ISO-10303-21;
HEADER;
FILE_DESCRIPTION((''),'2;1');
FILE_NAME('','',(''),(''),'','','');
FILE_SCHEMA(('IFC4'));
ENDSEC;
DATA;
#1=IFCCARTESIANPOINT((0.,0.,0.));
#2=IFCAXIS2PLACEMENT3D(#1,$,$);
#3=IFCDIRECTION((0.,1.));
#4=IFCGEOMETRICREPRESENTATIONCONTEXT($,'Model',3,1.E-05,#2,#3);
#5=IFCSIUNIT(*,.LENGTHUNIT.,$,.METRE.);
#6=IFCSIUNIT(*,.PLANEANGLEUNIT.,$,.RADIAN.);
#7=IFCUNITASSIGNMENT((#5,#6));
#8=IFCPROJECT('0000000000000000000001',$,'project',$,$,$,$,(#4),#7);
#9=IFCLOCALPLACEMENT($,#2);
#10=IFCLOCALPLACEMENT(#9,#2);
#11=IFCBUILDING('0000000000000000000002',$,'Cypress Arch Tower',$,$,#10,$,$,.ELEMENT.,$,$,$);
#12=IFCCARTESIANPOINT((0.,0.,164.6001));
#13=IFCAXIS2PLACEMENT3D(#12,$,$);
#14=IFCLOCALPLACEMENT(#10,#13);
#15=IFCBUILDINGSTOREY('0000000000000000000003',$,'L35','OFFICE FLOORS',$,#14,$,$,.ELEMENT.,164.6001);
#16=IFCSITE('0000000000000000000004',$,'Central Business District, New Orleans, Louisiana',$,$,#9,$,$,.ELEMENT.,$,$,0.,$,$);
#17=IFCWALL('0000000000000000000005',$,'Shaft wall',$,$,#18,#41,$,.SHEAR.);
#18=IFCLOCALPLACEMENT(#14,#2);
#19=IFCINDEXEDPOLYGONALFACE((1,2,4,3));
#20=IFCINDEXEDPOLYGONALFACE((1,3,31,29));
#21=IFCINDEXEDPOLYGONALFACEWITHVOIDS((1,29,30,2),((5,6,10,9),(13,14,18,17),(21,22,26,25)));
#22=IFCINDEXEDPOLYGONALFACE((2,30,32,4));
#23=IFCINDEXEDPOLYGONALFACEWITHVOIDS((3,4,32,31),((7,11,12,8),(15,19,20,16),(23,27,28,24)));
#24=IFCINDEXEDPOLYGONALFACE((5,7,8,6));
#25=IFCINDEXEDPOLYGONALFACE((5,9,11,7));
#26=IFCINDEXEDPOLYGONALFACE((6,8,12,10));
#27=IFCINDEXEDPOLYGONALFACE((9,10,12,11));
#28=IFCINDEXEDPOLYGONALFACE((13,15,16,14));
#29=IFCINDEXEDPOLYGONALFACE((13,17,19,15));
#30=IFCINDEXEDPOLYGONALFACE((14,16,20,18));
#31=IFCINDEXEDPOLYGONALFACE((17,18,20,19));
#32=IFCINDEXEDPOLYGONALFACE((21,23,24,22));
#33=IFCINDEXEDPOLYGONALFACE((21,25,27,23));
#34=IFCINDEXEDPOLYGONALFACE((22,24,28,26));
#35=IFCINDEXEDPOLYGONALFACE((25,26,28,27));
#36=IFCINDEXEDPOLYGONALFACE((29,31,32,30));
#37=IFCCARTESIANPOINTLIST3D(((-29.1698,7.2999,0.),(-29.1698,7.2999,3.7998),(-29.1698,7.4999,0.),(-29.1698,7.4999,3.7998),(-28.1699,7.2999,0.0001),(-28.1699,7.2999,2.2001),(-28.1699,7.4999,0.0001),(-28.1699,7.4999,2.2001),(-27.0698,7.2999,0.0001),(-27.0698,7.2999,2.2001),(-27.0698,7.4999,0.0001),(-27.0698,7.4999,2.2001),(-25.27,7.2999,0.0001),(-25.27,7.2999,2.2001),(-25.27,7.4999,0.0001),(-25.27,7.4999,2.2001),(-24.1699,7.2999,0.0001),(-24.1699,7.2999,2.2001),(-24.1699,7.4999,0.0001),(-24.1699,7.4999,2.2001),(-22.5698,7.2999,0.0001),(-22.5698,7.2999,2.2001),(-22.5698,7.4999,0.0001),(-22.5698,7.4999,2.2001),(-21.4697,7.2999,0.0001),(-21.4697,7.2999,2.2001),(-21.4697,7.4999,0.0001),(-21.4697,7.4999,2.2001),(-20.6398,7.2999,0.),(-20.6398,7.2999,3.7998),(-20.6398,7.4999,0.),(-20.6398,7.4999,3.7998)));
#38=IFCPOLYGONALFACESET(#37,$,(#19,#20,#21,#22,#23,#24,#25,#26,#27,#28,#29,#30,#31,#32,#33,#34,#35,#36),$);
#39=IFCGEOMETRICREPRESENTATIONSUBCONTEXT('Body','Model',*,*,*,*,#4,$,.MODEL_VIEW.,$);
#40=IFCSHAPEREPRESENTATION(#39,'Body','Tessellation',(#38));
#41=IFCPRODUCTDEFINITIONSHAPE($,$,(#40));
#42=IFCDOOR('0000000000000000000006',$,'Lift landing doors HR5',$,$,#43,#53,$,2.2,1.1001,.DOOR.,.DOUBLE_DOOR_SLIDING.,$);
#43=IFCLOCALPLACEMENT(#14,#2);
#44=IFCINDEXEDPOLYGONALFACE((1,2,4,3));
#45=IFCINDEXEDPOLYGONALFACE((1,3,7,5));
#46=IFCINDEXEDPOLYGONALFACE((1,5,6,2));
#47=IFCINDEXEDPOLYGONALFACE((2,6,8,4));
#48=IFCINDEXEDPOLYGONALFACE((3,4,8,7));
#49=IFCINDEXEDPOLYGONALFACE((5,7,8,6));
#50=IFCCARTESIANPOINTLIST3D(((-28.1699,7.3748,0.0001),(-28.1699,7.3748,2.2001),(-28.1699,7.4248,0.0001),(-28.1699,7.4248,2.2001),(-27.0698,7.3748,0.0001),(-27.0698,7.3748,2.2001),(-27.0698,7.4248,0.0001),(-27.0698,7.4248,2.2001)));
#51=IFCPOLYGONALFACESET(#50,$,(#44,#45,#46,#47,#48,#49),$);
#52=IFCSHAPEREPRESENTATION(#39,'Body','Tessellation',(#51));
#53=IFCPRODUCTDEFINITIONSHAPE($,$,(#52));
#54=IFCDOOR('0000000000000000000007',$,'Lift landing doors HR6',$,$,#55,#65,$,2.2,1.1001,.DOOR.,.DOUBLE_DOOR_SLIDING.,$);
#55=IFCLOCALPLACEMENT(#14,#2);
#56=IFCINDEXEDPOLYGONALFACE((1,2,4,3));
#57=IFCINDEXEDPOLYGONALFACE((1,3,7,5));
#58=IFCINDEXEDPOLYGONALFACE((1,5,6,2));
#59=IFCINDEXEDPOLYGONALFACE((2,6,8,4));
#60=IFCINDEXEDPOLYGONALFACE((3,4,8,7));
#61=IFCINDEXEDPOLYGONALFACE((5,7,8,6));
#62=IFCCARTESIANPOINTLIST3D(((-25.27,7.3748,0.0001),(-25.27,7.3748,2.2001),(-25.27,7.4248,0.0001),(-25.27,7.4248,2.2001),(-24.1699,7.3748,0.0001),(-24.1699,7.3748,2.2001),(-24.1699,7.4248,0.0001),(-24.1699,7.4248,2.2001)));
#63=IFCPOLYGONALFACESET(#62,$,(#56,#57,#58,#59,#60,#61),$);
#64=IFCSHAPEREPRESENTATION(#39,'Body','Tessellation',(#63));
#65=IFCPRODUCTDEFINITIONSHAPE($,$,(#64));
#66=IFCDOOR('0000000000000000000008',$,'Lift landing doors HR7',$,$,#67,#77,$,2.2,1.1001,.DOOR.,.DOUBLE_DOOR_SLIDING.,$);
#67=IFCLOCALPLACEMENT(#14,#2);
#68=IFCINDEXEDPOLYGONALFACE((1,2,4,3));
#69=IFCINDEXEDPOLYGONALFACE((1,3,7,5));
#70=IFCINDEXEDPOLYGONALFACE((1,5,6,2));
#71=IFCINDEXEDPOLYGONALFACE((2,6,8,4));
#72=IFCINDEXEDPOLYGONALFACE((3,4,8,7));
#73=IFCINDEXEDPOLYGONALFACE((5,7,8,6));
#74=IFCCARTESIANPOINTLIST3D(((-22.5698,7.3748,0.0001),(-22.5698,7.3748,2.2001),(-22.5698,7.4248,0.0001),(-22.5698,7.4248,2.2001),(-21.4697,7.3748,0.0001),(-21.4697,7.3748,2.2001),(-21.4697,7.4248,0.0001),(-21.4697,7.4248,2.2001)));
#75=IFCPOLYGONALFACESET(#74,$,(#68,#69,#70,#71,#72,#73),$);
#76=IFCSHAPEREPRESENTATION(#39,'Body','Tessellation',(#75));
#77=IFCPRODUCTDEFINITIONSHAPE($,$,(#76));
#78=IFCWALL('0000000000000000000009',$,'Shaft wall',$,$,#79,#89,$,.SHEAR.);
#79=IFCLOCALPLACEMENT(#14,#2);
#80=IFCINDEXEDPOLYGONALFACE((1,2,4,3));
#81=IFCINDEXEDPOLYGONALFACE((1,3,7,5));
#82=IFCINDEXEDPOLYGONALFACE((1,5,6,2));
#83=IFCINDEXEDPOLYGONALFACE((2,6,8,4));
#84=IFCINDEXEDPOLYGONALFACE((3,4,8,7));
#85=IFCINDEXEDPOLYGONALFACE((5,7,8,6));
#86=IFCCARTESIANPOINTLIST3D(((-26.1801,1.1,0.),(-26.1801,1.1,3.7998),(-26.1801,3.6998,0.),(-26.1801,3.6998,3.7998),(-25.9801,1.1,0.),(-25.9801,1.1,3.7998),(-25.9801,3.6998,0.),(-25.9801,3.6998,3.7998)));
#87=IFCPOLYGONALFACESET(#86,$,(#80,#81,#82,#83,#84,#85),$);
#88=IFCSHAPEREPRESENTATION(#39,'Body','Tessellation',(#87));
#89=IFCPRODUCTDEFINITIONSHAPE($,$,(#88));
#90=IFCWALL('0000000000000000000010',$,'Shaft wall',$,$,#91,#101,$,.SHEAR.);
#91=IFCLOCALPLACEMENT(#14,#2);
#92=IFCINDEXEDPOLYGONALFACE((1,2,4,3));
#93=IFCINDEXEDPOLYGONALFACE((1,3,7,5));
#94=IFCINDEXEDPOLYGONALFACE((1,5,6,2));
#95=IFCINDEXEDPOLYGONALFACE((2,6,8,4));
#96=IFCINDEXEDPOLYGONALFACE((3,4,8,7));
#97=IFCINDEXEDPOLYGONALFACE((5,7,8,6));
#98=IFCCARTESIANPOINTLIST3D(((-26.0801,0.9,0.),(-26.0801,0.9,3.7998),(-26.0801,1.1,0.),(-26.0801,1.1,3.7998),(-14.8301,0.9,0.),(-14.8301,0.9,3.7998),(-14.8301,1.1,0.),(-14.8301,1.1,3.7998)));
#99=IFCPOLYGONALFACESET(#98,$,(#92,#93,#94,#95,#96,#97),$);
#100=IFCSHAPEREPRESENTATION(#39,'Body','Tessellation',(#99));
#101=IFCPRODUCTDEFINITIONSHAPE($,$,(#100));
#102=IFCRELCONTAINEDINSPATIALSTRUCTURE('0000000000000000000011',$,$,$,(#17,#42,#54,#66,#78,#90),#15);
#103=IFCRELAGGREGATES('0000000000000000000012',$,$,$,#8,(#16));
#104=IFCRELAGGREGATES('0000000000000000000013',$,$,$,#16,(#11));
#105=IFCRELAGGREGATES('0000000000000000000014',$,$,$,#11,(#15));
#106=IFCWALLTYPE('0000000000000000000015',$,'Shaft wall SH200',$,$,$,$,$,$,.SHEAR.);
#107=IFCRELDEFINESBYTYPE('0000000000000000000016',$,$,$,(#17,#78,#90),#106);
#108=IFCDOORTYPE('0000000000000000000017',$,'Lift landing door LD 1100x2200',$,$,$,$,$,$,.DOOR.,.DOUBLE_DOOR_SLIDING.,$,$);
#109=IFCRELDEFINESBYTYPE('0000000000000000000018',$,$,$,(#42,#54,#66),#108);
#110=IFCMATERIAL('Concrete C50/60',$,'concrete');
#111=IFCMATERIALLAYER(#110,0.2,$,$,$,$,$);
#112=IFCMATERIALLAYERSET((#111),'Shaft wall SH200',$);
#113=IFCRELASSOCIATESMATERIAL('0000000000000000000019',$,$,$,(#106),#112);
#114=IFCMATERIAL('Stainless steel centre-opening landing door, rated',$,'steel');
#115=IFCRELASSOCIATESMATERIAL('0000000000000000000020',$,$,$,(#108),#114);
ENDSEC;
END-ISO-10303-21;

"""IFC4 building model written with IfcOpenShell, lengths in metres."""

from ifc_helpers import new_model, si_unit, direction, frame, frame_2d, origin, place, context, subcontext, project, spatial, rectangle, extrude, material, layer, layer_set, type_object, element, fill, save


model = new_model("IFC4")

# Units and contexts
model_context = context("Model", 3, precision=1e-05, world=origin(), true_north=direction((0.0, 1.0)))
body_context = subcontext(model_context, "Body", "Model", "MODEL_VIEW")
ifc_project = project(units=[si_unit("LENGTHUNIT", "METRE"), si_unit("PLANEANGLEUNIT", "RADIAN")], contexts=[model_context])

# Site, building, storey
site_placement = place(None, origin())
site = spatial("IfcSite", under=ifc_project, at=site_placement, Name="Central Business District, New Orleans, Louisiana", CompositionType="ELEMENT", RefElevation=0.0)
building_placement = place(site_placement, origin())
building = spatial("IfcBuilding", under=site, at=building_placement, Name="Cypress Arch Tower", CompositionType="ELEMENT")
storey_placement = place(building_placement, frame((0.0, 0.0, 164.6001)))
storey = spatial("IfcBuildingStorey", under=building, at=storey_placement, Name="L35", Description="OFFICE FLOORS", CompositionType="ELEMENT", Elevation=164.6001)

# Wall, openings, doors
ifc_material_1 = material(Name="Concrete C50/60", Category="concrete")
ifc_layer_1 = layer(ifc_material_1, 0.2)
ifc_layer_set_1 = layer_set([ifc_layer_1], Name="Shaft wall SH200")
wall_type_1 = type_object("IfcWallType", Name="Shaft wall SH200", PredefinedType="SHEAR", material=ifc_layer_set_1)
wall_1_placement = place(storey_placement, frame((-29.1699, 7.3999, 0.0), z_axis=(0.0, 0.0, 1.0), x_axis=(1.0, 0.0, 0.0)))
wall_1 = element("IfcWall", 1, at=wall_1_placement, inside=storey, type_object=wall_type_1, Name="Shaft wall", PredefinedType="SHEAR", context=body_context, shape_type="SweptSolid", body=[
    extrude(rectangle(XDim=8.53, YDim=0.2, at=frame_2d((4.2651, 0.0))), origin(), (0.0, 0.0, 1.0), 3.7998),
])
opening_1_placement = place(wall_1_placement, frame((1.0, 0.0, 0.0)))
opening_1 = element("IfcOpeningElement", 2, at=opening_1_placement, cuts=wall_1, PredefinedType="OPENING", context=body_context, shape_type="SweptSolid", body=[
    extrude(rectangle(XDim=1.1001, YDim=2.2, at=frame_2d((0.55, 1.1001))), frame((0.0, 0.1099, 0.0), z_axis=(0.0, -1.0, 0.0), x_axis=(1.0, 0.0, 0.0)), (0.0, 0.0, 1.0), 0.22),
])
opening_2_placement = place(wall_1_placement, frame((3.8999, 0.0, 0.0)))
opening_2 = element("IfcOpeningElement", 3, at=opening_2_placement, cuts=wall_1, PredefinedType="OPENING", context=body_context, shape_type="SweptSolid", body=[
    extrude(rectangle(XDim=1.1001, YDim=2.2, at=frame_2d((0.55, 1.1001))), frame((0.0, 0.1099, 0.0), z_axis=(0.0, -1.0, 0.0), x_axis=(1.0, 0.0, 0.0)), (0.0, 0.0, 1.0), 0.22),
])
opening_3_placement = place(wall_1_placement, frame((6.6001, 0.0, 0.0)))
opening_3 = element("IfcOpeningElement", 4, at=opening_3_placement, cuts=wall_1, PredefinedType="OPENING", context=body_context, shape_type="SweptSolid", body=[
    extrude(rectangle(XDim=1.1001, YDim=2.2, at=frame_2d((0.55, 1.1001))), frame((0.0, 0.1099, 0.0), z_axis=(0.0, -1.0, 0.0), x_axis=(1.0, 0.0, 0.0)), (0.0, 0.0, 1.0), 0.22),
])
ifc_material_2 = material(Name="Stainless steel centre-opening landing door, rated", Category="steel")
door_type_1 = type_object("IfcDoorType", Name="Lift landing door LD 1100x2200", OperationType="DOUBLE_DOOR_SLIDING", PredefinedType="DOOR", material=ifc_material_2)
door_1_placement = place(opening_1_placement, origin())
door_1 = element("IfcDoor", 5, at=door_1_placement, inside=storey, type_object=door_type_1, Name="Lift landing doors HR5", OperationType="DOUBLE_DOOR_SLIDING", OverallHeight=2.2, OverallWidth=1.1001, PredefinedType="DOOR", context=body_context, shape_type="SweptSolid", body=[
    extrude(rectangle(XDim=1.1001, YDim=2.2, at=frame_2d((0.55, 1.1001))), frame((0.0, 0.0249, 0.0), z_axis=(0.0, -1.0, 0.0), x_axis=(1.0, 0.0, 0.0)), (0.0, 0.0, 1.0), 0.05),
])
fill(opening_1, door_1)
door_2_placement = place(opening_2_placement, origin())
door_2 = element("IfcDoor", 6, at=door_2_placement, inside=storey, type_object=door_type_1, Name="Lift landing doors HR6", OperationType="DOUBLE_DOOR_SLIDING", OverallHeight=2.2, OverallWidth=1.1001, PredefinedType="DOOR", context=body_context, shape_type="SweptSolid", body=[
    extrude(rectangle(XDim=1.1001, YDim=2.2, at=frame_2d((0.55, 1.1001))), frame((0.0, 0.0249, 0.0), z_axis=(0.0, -1.0, 0.0), x_axis=(1.0, 0.0, 0.0)), (0.0, 0.0, 1.0), 0.05),
])
fill(opening_2, door_2)
door_3_placement = place(opening_3_placement, origin())
door_3 = element("IfcDoor", 7, at=door_3_placement, inside=storey, type_object=door_type_1, Name="Lift landing doors HR7", OperationType="DOUBLE_DOOR_SLIDING", OverallHeight=2.2, OverallWidth=1.1001, PredefinedType="DOOR", context=body_context, shape_type="SweptSolid", body=[
    extrude(rectangle(XDim=1.1001, YDim=2.2, at=frame_2d((0.55, 1.1001))), frame((0.0, 0.0249, 0.0), z_axis=(0.0, -1.0, 0.0), x_axis=(1.0, 0.0, 0.0)), (0.0, 0.0, 1.0), 0.05),
])
fill(opening_3, door_3)

# Walls
wall_2_placement = place(storey_placement, frame((-26.0801, 1.1001, 0.0), z_axis=(0.0, 0.0, 1.0), x_axis=(0.0, 1.0, 0.0)))
element("IfcWall", 8, at=wall_2_placement, inside=storey, type_object=wall_type_1, Name="Shaft wall", PredefinedType="SHEAR", context=body_context, shape_type="SweptSolid", body=[
    extrude(rectangle(XDim=2.5999, YDim=0.2, at=frame_2d((1.2998, 0.0))), origin(), (0.0, 0.0, 1.0), 3.7998),
])
wall_3_placement = place(storey_placement, frame((-26.0801, 1.0, 0.0), z_axis=(0.0, 0.0, 1.0), x_axis=(1.0, 0.0, 0.0)))
element("IfcWall", 9, at=wall_3_placement, inside=storey, type_object=wall_type_1, Name="Shaft wall", PredefinedType="SHEAR", context=body_context, shape_type="SweptSolid", body=[
    extrude(rectangle(XDim=11.25, YDim=0.2, at=frame_2d((5.625, 0.0))), origin(), (0.0, 0.0, 1.0), 3.7998),
])

save(model, "model.ifc")
